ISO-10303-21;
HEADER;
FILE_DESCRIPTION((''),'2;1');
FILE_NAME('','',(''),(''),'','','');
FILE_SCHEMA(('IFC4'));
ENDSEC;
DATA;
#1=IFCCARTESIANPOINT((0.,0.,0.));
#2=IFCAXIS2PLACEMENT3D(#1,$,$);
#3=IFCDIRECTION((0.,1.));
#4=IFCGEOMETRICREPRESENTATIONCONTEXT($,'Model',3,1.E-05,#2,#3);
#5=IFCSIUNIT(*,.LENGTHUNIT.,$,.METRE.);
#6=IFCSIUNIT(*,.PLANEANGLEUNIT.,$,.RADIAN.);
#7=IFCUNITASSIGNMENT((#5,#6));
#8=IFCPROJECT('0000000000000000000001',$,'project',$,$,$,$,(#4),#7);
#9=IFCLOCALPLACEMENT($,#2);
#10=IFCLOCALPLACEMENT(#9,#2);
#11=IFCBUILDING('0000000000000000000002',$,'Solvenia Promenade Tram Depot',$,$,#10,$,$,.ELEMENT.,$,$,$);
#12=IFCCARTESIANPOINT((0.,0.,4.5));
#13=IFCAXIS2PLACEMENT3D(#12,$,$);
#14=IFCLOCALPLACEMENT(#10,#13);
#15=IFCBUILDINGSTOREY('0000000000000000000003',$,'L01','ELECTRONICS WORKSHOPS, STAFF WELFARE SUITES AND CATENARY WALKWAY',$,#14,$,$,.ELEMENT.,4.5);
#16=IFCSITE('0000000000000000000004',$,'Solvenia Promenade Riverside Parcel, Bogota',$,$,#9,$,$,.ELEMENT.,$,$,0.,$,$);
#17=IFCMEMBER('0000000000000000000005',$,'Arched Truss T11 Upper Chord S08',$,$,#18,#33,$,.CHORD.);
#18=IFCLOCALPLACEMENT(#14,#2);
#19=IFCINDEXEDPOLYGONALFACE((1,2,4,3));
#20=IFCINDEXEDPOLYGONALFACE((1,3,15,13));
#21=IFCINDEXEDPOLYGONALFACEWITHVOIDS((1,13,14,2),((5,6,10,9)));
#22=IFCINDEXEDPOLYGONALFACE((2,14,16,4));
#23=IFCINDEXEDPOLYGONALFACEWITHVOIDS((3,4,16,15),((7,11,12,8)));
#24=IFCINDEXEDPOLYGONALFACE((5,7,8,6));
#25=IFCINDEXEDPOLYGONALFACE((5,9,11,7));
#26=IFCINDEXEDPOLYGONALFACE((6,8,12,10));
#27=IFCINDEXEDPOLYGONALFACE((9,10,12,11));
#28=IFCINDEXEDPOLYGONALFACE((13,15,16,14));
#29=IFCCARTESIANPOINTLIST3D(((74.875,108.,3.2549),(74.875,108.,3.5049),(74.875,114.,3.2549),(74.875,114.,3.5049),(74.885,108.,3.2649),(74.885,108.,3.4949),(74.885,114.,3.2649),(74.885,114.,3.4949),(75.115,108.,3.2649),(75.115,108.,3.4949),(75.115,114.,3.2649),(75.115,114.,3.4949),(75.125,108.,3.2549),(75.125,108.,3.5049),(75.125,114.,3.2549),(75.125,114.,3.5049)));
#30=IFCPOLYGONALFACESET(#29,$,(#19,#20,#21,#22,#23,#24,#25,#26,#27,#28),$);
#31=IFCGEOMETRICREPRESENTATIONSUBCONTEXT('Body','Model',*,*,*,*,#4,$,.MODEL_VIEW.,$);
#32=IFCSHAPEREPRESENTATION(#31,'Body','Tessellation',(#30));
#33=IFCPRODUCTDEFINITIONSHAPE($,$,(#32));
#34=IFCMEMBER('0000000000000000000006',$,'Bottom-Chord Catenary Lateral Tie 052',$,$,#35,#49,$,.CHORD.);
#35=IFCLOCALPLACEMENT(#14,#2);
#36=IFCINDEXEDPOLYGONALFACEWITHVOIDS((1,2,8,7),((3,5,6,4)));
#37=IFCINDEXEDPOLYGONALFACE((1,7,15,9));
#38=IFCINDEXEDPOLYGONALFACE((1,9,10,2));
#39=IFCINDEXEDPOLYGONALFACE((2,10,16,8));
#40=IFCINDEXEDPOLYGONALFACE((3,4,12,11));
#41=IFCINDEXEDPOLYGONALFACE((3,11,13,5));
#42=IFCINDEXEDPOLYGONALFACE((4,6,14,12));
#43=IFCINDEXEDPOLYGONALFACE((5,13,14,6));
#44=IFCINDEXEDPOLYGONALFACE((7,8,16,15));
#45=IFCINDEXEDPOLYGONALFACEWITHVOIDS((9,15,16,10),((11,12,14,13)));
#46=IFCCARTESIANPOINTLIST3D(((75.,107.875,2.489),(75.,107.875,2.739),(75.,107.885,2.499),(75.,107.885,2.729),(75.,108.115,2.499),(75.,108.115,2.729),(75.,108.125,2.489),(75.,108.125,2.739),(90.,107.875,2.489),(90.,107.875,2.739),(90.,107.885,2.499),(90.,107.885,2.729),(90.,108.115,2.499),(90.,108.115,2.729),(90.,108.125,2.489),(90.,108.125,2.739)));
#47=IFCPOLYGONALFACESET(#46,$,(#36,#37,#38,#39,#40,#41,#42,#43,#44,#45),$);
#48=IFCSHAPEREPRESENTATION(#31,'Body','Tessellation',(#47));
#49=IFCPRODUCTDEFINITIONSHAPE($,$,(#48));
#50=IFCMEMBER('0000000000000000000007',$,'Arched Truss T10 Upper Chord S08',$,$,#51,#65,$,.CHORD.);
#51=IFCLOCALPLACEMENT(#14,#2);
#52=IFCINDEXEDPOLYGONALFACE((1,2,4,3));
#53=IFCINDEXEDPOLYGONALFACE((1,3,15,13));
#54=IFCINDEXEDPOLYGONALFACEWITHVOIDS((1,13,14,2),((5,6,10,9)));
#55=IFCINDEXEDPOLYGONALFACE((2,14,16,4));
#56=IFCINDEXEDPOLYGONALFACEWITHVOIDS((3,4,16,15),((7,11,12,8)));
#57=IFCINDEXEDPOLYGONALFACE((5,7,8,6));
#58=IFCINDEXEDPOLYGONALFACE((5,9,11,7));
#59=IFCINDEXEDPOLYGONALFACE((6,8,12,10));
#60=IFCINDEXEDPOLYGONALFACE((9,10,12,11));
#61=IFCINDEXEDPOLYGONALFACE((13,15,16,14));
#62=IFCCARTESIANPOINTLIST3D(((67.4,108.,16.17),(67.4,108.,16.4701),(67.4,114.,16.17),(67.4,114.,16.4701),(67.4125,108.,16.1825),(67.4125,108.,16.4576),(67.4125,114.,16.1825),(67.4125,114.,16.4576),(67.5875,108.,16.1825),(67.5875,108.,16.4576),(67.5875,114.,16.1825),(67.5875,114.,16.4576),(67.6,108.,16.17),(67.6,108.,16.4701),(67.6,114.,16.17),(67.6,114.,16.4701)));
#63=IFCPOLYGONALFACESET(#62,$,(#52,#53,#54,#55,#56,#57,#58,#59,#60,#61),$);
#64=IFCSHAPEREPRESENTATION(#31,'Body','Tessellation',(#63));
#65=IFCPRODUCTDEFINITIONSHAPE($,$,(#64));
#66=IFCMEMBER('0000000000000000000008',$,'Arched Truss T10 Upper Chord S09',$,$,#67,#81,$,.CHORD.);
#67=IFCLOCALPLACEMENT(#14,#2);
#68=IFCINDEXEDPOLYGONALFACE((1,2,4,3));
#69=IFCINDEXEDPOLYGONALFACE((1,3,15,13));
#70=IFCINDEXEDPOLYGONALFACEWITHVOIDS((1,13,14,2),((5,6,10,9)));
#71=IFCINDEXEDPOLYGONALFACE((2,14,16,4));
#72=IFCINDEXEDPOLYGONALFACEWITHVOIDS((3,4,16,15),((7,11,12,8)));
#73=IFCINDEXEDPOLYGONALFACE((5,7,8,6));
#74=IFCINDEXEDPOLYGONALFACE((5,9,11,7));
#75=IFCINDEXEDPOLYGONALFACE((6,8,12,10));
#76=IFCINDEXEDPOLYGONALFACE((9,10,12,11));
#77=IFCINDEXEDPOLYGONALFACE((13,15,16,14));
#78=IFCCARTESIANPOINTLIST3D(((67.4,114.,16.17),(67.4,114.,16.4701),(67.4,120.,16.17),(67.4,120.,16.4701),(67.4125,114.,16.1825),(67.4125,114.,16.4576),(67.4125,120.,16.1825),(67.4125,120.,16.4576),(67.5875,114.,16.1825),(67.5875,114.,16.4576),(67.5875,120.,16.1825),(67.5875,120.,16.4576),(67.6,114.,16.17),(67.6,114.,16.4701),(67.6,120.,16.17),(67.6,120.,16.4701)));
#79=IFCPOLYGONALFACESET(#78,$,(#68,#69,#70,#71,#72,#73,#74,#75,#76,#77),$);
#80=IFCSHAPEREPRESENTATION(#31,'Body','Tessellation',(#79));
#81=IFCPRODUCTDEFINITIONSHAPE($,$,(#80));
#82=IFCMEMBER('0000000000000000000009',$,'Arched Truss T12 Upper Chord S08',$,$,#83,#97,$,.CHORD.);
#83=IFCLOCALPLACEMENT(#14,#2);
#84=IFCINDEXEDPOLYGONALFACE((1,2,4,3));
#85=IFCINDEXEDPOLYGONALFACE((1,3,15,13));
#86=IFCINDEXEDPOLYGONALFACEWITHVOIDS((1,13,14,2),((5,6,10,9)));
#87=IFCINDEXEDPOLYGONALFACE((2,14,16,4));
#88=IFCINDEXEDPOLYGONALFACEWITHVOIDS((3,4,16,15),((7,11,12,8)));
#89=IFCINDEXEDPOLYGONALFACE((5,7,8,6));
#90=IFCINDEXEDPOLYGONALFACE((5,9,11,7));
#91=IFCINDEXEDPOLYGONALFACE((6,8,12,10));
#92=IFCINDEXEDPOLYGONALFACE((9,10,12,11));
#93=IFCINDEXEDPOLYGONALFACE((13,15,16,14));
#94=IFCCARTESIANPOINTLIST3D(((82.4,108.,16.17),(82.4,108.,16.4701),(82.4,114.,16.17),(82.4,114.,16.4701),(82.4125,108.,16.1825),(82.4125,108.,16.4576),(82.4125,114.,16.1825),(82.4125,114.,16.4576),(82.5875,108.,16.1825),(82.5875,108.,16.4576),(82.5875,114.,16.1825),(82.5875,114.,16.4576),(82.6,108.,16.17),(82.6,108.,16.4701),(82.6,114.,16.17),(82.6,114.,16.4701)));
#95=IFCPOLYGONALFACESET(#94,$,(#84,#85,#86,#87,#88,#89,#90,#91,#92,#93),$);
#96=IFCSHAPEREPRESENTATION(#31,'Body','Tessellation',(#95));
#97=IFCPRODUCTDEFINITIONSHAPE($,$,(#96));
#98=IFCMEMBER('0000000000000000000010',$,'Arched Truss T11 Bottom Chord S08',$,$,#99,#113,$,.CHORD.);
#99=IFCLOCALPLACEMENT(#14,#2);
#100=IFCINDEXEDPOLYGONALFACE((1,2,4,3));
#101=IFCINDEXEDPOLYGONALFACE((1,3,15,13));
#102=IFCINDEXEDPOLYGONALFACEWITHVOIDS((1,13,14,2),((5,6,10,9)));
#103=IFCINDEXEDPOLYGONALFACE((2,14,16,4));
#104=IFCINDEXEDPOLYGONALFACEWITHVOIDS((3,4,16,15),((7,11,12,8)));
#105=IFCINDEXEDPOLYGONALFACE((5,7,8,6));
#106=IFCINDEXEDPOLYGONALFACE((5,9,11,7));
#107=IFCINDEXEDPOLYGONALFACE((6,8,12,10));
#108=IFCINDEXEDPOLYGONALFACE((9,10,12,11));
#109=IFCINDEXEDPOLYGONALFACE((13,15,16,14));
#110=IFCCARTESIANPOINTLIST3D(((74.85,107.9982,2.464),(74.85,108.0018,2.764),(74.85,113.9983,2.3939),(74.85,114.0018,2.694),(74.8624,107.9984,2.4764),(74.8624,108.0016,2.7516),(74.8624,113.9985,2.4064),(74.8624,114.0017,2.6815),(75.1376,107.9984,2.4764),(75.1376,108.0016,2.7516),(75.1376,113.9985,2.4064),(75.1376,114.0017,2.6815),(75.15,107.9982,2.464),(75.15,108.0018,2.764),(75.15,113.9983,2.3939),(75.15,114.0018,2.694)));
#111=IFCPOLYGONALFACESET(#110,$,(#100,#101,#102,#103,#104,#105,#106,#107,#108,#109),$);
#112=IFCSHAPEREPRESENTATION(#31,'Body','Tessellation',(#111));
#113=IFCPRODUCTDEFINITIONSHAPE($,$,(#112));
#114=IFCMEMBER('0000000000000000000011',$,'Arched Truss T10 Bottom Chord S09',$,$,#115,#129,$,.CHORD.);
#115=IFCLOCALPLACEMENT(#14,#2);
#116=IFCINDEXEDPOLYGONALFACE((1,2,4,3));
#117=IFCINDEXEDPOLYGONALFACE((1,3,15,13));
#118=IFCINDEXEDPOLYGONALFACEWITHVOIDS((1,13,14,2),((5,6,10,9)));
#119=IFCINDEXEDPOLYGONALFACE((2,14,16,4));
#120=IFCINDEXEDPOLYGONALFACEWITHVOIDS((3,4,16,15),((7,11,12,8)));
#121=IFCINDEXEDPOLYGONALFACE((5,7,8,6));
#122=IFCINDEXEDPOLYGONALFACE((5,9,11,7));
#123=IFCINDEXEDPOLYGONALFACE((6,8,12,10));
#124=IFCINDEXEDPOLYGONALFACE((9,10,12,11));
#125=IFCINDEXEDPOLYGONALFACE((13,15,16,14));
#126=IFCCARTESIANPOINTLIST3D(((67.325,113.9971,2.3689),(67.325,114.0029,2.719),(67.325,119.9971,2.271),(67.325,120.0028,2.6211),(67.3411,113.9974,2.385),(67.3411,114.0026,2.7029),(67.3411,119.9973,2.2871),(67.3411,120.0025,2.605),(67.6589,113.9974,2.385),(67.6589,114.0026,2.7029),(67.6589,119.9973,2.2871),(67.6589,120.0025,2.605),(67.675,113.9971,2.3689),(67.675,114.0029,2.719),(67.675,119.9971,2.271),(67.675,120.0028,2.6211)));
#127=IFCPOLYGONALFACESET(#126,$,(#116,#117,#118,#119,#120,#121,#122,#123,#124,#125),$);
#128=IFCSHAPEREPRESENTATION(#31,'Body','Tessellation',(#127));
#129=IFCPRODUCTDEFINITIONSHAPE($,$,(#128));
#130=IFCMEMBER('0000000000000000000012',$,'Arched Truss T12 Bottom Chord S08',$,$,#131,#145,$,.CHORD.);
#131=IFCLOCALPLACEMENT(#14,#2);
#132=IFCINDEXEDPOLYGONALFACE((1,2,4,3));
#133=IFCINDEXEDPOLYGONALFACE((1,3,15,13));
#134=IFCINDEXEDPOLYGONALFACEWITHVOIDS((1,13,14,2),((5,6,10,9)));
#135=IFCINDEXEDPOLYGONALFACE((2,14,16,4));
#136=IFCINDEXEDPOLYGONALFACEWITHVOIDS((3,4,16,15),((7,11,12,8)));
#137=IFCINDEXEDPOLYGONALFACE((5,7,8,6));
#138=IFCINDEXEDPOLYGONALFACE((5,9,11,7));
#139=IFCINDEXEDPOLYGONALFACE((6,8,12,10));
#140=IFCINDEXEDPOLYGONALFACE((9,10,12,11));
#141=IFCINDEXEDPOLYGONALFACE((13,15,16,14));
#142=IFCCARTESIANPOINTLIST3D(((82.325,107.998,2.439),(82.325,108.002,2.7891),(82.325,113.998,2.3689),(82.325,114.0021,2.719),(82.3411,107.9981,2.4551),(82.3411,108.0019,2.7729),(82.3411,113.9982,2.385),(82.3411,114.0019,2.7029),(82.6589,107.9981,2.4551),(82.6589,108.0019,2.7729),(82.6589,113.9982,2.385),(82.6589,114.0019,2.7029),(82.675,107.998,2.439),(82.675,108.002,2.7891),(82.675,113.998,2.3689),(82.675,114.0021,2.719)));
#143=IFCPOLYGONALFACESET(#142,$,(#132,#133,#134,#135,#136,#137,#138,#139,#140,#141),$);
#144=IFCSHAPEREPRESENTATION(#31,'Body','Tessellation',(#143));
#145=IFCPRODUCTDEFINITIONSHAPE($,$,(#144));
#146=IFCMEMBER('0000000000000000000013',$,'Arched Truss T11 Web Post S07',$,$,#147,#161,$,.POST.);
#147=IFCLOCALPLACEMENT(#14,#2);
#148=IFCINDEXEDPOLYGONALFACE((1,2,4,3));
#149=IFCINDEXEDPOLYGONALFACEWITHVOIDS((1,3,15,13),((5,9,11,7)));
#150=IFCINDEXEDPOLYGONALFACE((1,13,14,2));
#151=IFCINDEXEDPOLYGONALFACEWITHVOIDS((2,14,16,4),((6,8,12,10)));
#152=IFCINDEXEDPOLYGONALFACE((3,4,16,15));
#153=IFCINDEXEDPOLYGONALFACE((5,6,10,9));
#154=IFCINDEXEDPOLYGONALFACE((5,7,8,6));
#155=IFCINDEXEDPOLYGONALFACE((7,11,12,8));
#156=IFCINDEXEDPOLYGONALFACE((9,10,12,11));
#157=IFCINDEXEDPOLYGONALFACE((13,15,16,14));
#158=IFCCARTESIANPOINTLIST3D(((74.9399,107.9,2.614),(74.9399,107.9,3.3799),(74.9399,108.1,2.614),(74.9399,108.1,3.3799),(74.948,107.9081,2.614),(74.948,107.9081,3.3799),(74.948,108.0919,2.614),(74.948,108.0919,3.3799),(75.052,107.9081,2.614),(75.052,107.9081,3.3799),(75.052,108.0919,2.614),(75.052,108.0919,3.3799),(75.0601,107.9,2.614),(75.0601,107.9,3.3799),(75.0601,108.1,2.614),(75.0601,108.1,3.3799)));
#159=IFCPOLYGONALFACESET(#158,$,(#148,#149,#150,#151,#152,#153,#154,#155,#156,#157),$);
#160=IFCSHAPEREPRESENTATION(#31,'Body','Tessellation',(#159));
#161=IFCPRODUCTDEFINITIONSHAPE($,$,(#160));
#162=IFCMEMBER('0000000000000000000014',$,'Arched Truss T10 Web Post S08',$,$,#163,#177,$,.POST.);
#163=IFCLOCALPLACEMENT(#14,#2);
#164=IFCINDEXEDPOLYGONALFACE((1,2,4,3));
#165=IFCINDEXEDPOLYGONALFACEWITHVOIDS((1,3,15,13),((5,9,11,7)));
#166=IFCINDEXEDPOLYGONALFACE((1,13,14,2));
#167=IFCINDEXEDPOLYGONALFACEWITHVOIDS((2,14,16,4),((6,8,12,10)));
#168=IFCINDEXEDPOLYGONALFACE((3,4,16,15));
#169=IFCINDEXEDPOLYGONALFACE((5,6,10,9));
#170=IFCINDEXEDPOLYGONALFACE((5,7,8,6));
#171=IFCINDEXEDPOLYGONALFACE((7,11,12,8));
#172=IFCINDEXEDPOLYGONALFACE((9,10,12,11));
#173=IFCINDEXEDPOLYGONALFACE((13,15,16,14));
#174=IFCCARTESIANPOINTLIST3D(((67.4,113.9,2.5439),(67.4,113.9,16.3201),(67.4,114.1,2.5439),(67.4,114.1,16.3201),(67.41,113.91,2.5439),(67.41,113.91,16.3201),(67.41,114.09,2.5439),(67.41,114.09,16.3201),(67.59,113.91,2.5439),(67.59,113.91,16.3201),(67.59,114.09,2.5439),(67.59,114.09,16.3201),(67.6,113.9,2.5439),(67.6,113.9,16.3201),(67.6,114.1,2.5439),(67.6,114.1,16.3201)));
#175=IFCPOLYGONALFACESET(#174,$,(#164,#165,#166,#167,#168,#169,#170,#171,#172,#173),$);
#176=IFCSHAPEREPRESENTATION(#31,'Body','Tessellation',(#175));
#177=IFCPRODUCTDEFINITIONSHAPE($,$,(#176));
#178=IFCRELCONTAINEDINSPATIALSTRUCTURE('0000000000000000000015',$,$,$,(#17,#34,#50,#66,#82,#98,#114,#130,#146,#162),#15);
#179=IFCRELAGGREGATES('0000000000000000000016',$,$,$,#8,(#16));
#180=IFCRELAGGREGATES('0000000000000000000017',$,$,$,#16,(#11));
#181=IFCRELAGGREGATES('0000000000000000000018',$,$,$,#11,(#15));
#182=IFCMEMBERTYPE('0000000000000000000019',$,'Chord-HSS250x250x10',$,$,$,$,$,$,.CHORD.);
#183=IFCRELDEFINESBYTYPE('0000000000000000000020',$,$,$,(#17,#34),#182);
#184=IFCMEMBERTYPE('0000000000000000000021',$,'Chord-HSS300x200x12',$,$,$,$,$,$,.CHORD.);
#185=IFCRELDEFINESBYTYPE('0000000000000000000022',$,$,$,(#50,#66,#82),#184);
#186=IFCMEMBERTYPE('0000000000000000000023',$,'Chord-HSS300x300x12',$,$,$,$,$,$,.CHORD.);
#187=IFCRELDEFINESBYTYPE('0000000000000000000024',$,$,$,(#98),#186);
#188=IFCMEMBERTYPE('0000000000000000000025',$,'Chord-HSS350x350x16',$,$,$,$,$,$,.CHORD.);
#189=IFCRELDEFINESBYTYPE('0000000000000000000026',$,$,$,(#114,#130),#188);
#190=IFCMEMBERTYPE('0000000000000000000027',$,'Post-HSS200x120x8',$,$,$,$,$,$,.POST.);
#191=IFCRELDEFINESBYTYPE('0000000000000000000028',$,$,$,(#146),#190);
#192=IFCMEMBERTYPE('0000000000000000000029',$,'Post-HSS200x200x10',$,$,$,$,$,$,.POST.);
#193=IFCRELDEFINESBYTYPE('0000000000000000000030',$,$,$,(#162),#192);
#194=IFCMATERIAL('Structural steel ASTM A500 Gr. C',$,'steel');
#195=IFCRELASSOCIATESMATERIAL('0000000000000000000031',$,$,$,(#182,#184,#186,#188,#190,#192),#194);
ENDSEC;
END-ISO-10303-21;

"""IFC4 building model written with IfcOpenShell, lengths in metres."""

from ifc_helpers import new_model, si_unit, direction, frame, origin, origin_2d, place, context, subcontext, project, spatial, hollow_rectangle, extrude, material, material_profile, profile_set, type_object, element, save


model = new_model("IFC4")

# Units and contexts
model_context = context("Model", 3, precision=1e-05, world=origin(), true_north=direction((0.0, 1.0)))
body_context = subcontext(model_context, "Body", "Model", "MODEL_VIEW")
ifc_project = project(units=[si_unit("LENGTHUNIT", "METRE"), si_unit("PLANEANGLEUNIT", "RADIAN")], contexts=[model_context])

# Site, building, storey
site_placement = place(None, origin())
site = spatial("IfcSite", under=ifc_project, at=site_placement, Name="Solvenia Promenade Riverside Parcel, Bogota", CompositionType="ELEMENT", RefElevation=0.0)
building_placement = place(site_placement, origin())
building = spatial("IfcBuilding", under=site, at=building_placement, Name="Solvenia Promenade Tram Depot", CompositionType="ELEMENT")
storey_placement = place(building_placement, frame((0.0, 0.0, 4.5)))
storey = spatial("IfcBuildingStorey", under=building, at=storey_placement, Name="L01", Description="ELECTRONICS WORKSHOPS, STAFF WELFARE SUITES AND CATENARY WALKWAY", CompositionType="ELEMENT", Elevation=4.5)

# Members
ifc_material_1 = material(Name="Structural steel ASTM A500 Gr. C", Category="steel")
ifc_material_profile_1 = material_profile(ifc_material_1, hollow_rectangle(XDim=0.25, YDim=0.25, WallThickness=0.01, at=origin_2d()), Name="HSS250x250x10", Category="steel")
ifc_profile_set_1 = profile_set([ifc_material_profile_1], Name="Structural steel ASTM A500 Gr. C")
member_type_1 = type_object("IfcMemberType", Name="Chord-HSS250x250x10", PredefinedType="CHORD", material=ifc_profile_set_1)
member_1_placement = place(storey_placement, frame((75.0, 108.0, 3.3799), z_axis=(0.0, 1.0, 0.0), x_axis=(-1.0, 0.0, 0.0)))
element("IfcMember", 1, at=member_1_placement, inside=storey, type_object=member_type_1, Name="Arched Truss T11 Upper Chord S08", PredefinedType="CHORD", context=body_context, shape_type="SweptSolid", body=[
    extrude(hollow_rectangle(XDim=0.25, YDim=0.25, WallThickness=0.01, at=origin_2d()), origin(), (0.0, 0.0, 1.0), 6.0),
])
member_2_placement = place(storey_placement, frame((75.0, 108.0, 2.614), z_axis=(1.0, 0.0, 0.0), x_axis=(0.0, 1.0, 0.0)))
element("IfcMember", 2, at=member_2_placement, inside=storey, type_object=member_type_1, Name="Bottom-Chord Catenary Lateral Tie 052", PredefinedType="CHORD", context=body_context, shape_type="SweptSolid", body=[
    extrude(hollow_rectangle(XDim=0.25, YDim=0.25, WallThickness=0.01, at=origin_2d()), origin(), (0.0, 0.0, 1.0), 15.0),
])
ifc_material_profile_2 = material_profile(ifc_material_1, hollow_rectangle(XDim=0.2, YDim=0.3, WallThickness=0.0125, at=origin_2d()), Name="HSS300x200x12.5", Category="steel")
ifc_profile_set_2 = profile_set([ifc_material_profile_2], Name="Structural steel ASTM A500 Gr. C")
member_type_2 = type_object("IfcMemberType", Name="Chord-HSS300x200x12", PredefinedType="CHORD", material=ifc_profile_set_2)
for number, where, z_axis, x_axis, name in (
    (3, (67.5, 108.0, 16.3201), (0.0, 1.0, 0.0), (-1.0, 0.0, 0.0), "Arched Truss T10 Upper Chord S08"),
    (4, (67.5, 114.0, 16.3201), (0.0, 1.0, 0.0), (-1.0, 0.0, 0.0), "Arched Truss T10 Upper Chord S09"),
    (5, (82.5, 108.0, 16.3201), (0.0, 1.0, 0.0), (-1.0, 0.0, 0.0), "Arched Truss T12 Upper Chord S08"),
):
    element("IfcMember", number, at=place(storey_placement, frame(where, z_axis=z_axis, x_axis=x_axis)), inside=storey, type_object=member_type_2, Name=name, PredefinedType="CHORD", context=body_context, shape_type="SweptSolid", body=[
        extrude(hollow_rectangle(XDim=0.2, YDim=0.3, WallThickness=0.0125, at=origin_2d()), origin(), (0.0, 0.0, 1.0), 6.0),
    ])
ifc_material_profile_3 = material_profile(ifc_material_1, hollow_rectangle(XDim=0.3, YDim=0.3, WallThickness=0.0125, at=origin_2d()), Name="HSS300x300x12.5", Category="steel")
ifc_profile_set_3 = profile_set([ifc_material_profile_3], Name="Structural steel ASTM A500 Gr. C")
member_type_3 = type_object("IfcMemberType", Name="Chord-HSS300x300x12", PredefinedType="CHORD", material=ifc_profile_set_3)
member_3_placement = place(storey_placement, frame((75.0, 108.0, 2.614), z_axis=(0.0, 0.999932, -0.011677), x_axis=(-1.0, 0.0, 0.0)))
element("IfcMember", 6, at=member_3_placement, inside=storey, type_object=member_type_3, Name="Arched Truss T11 Bottom Chord S08", PredefinedType="CHORD", context=body_context, shape_type="SweptSolid", body=[
    extrude(hollow_rectangle(XDim=0.3, YDim=0.3, WallThickness=0.0125, at=origin_2d()), origin(), (0.0, 0.0, 1.0), 6.0005),
])
ifc_material_profile_4 = material_profile(ifc_material_1, hollow_rectangle(XDim=0.3501, YDim=0.3501, WallThickness=0.0161, at=origin_2d()), Name="HSS350x350x16", Category="steel")
ifc_profile_set_4 = profile_set([ifc_material_profile_4], Name="Structural steel ASTM A500 Gr. C")
member_type_4 = type_object("IfcMemberType", Name="Chord-HSS350x350x16", PredefinedType="CHORD", material=ifc_profile_set_4)
member_4_placement = place(storey_placement, frame((67.5, 114.0, 2.5439), z_axis=(0.0, 0.999867, -0.016315), x_axis=(-1.0, 0.0, 0.0)))
element("IfcMember", 7, at=member_4_placement, inside=storey, type_object=member_type_4, Name="Arched Truss T10 Bottom Chord S09", PredefinedType="CHORD", context=body_context, shape_type="SweptSolid", body=[
    extrude(hollow_rectangle(XDim=0.3501, YDim=0.3501, WallThickness=0.0161, at=origin_2d()), origin(), (0.0, 0.0, 1.0), 6.0007),
])
member_5_placement = place(storey_placement, frame((82.5, 108.0, 2.614), z_axis=(0.0, 0.999932, -0.011677), x_axis=(-1.0, 0.0, 0.0)))
element("IfcMember", 8, at=member_5_placement, inside=storey, type_object=member_type_4, Name="Arched Truss T12 Bottom Chord S08", PredefinedType="CHORD", context=body_context, shape_type="SweptSolid", body=[
    extrude(hollow_rectangle(XDim=0.3501, YDim=0.3501, WallThickness=0.0161, at=origin_2d()), origin(), (0.0, 0.0, 1.0), 6.0005),
])
ifc_material_profile_5 = material_profile(ifc_material_1, hollow_rectangle(XDim=0.1201, YDim=0.2, WallThickness=0.0081, at=origin_2d()), Name="HSS200x120x8", Category="steel")
ifc_profile_set_5 = profile_set([ifc_material_profile_5], Name="Structural steel ASTM A500 Gr. C")
member_type_5 = type_object("IfcMemberType", Name="Post-HSS200x120x8", PredefinedType="POST", material=ifc_profile_set_5)
member_6_placement = place(storey_placement, frame((75.0, 108.0, 2.614), z_axis=(0.0, 0.0, 1.0), x_axis=(1.0, 0.0, 0.0)))
element("IfcMember", 9, at=member_6_placement, inside=storey, type_object=member_type_5, Name="Arched Truss T11 Web Post S07", PredefinedType="POST", context=body_context, shape_type="SweptSolid", body=[
    extrude(hollow_rectangle(XDim=0.1201, YDim=0.2, WallThickness=0.0081, at=origin_2d()), origin(), (0.0, 0.0, 1.0), 0.7659),
])
ifc_material_profile_6 = material_profile(ifc_material_1, hollow_rectangle(XDim=0.2, YDim=0.2, WallThickness=0.01, at=origin_2d()), Name="HSS200x200x10", Category="steel")
ifc_profile_set_6 = profile_set([ifc_material_profile_6], Name="Structural steel ASTM A500 Gr. C")
member_type_6 = type_object("IfcMemberType", Name="Post-HSS200x200x10", PredefinedType="POST", material=ifc_profile_set_6)
member_7_placement = place(storey_placement, frame((67.5, 114.0, 2.5439), z_axis=(0.0, 0.0, 1.0), x_axis=(1.0, 0.0, 0.0)))
element("IfcMember", 10, at=member_7_placement, inside=storey, type_object=member_type_6, Name="Arched Truss T10 Web Post S08", PredefinedType="POST", context=body_context, shape_type="SweptSolid", body=[
    extrude(hollow_rectangle(XDim=0.2, YDim=0.2, WallThickness=0.01, at=origin_2d()), origin(), (0.0, 0.0, 1.0), 13.7761),
])

save(model, "model.ifc")
